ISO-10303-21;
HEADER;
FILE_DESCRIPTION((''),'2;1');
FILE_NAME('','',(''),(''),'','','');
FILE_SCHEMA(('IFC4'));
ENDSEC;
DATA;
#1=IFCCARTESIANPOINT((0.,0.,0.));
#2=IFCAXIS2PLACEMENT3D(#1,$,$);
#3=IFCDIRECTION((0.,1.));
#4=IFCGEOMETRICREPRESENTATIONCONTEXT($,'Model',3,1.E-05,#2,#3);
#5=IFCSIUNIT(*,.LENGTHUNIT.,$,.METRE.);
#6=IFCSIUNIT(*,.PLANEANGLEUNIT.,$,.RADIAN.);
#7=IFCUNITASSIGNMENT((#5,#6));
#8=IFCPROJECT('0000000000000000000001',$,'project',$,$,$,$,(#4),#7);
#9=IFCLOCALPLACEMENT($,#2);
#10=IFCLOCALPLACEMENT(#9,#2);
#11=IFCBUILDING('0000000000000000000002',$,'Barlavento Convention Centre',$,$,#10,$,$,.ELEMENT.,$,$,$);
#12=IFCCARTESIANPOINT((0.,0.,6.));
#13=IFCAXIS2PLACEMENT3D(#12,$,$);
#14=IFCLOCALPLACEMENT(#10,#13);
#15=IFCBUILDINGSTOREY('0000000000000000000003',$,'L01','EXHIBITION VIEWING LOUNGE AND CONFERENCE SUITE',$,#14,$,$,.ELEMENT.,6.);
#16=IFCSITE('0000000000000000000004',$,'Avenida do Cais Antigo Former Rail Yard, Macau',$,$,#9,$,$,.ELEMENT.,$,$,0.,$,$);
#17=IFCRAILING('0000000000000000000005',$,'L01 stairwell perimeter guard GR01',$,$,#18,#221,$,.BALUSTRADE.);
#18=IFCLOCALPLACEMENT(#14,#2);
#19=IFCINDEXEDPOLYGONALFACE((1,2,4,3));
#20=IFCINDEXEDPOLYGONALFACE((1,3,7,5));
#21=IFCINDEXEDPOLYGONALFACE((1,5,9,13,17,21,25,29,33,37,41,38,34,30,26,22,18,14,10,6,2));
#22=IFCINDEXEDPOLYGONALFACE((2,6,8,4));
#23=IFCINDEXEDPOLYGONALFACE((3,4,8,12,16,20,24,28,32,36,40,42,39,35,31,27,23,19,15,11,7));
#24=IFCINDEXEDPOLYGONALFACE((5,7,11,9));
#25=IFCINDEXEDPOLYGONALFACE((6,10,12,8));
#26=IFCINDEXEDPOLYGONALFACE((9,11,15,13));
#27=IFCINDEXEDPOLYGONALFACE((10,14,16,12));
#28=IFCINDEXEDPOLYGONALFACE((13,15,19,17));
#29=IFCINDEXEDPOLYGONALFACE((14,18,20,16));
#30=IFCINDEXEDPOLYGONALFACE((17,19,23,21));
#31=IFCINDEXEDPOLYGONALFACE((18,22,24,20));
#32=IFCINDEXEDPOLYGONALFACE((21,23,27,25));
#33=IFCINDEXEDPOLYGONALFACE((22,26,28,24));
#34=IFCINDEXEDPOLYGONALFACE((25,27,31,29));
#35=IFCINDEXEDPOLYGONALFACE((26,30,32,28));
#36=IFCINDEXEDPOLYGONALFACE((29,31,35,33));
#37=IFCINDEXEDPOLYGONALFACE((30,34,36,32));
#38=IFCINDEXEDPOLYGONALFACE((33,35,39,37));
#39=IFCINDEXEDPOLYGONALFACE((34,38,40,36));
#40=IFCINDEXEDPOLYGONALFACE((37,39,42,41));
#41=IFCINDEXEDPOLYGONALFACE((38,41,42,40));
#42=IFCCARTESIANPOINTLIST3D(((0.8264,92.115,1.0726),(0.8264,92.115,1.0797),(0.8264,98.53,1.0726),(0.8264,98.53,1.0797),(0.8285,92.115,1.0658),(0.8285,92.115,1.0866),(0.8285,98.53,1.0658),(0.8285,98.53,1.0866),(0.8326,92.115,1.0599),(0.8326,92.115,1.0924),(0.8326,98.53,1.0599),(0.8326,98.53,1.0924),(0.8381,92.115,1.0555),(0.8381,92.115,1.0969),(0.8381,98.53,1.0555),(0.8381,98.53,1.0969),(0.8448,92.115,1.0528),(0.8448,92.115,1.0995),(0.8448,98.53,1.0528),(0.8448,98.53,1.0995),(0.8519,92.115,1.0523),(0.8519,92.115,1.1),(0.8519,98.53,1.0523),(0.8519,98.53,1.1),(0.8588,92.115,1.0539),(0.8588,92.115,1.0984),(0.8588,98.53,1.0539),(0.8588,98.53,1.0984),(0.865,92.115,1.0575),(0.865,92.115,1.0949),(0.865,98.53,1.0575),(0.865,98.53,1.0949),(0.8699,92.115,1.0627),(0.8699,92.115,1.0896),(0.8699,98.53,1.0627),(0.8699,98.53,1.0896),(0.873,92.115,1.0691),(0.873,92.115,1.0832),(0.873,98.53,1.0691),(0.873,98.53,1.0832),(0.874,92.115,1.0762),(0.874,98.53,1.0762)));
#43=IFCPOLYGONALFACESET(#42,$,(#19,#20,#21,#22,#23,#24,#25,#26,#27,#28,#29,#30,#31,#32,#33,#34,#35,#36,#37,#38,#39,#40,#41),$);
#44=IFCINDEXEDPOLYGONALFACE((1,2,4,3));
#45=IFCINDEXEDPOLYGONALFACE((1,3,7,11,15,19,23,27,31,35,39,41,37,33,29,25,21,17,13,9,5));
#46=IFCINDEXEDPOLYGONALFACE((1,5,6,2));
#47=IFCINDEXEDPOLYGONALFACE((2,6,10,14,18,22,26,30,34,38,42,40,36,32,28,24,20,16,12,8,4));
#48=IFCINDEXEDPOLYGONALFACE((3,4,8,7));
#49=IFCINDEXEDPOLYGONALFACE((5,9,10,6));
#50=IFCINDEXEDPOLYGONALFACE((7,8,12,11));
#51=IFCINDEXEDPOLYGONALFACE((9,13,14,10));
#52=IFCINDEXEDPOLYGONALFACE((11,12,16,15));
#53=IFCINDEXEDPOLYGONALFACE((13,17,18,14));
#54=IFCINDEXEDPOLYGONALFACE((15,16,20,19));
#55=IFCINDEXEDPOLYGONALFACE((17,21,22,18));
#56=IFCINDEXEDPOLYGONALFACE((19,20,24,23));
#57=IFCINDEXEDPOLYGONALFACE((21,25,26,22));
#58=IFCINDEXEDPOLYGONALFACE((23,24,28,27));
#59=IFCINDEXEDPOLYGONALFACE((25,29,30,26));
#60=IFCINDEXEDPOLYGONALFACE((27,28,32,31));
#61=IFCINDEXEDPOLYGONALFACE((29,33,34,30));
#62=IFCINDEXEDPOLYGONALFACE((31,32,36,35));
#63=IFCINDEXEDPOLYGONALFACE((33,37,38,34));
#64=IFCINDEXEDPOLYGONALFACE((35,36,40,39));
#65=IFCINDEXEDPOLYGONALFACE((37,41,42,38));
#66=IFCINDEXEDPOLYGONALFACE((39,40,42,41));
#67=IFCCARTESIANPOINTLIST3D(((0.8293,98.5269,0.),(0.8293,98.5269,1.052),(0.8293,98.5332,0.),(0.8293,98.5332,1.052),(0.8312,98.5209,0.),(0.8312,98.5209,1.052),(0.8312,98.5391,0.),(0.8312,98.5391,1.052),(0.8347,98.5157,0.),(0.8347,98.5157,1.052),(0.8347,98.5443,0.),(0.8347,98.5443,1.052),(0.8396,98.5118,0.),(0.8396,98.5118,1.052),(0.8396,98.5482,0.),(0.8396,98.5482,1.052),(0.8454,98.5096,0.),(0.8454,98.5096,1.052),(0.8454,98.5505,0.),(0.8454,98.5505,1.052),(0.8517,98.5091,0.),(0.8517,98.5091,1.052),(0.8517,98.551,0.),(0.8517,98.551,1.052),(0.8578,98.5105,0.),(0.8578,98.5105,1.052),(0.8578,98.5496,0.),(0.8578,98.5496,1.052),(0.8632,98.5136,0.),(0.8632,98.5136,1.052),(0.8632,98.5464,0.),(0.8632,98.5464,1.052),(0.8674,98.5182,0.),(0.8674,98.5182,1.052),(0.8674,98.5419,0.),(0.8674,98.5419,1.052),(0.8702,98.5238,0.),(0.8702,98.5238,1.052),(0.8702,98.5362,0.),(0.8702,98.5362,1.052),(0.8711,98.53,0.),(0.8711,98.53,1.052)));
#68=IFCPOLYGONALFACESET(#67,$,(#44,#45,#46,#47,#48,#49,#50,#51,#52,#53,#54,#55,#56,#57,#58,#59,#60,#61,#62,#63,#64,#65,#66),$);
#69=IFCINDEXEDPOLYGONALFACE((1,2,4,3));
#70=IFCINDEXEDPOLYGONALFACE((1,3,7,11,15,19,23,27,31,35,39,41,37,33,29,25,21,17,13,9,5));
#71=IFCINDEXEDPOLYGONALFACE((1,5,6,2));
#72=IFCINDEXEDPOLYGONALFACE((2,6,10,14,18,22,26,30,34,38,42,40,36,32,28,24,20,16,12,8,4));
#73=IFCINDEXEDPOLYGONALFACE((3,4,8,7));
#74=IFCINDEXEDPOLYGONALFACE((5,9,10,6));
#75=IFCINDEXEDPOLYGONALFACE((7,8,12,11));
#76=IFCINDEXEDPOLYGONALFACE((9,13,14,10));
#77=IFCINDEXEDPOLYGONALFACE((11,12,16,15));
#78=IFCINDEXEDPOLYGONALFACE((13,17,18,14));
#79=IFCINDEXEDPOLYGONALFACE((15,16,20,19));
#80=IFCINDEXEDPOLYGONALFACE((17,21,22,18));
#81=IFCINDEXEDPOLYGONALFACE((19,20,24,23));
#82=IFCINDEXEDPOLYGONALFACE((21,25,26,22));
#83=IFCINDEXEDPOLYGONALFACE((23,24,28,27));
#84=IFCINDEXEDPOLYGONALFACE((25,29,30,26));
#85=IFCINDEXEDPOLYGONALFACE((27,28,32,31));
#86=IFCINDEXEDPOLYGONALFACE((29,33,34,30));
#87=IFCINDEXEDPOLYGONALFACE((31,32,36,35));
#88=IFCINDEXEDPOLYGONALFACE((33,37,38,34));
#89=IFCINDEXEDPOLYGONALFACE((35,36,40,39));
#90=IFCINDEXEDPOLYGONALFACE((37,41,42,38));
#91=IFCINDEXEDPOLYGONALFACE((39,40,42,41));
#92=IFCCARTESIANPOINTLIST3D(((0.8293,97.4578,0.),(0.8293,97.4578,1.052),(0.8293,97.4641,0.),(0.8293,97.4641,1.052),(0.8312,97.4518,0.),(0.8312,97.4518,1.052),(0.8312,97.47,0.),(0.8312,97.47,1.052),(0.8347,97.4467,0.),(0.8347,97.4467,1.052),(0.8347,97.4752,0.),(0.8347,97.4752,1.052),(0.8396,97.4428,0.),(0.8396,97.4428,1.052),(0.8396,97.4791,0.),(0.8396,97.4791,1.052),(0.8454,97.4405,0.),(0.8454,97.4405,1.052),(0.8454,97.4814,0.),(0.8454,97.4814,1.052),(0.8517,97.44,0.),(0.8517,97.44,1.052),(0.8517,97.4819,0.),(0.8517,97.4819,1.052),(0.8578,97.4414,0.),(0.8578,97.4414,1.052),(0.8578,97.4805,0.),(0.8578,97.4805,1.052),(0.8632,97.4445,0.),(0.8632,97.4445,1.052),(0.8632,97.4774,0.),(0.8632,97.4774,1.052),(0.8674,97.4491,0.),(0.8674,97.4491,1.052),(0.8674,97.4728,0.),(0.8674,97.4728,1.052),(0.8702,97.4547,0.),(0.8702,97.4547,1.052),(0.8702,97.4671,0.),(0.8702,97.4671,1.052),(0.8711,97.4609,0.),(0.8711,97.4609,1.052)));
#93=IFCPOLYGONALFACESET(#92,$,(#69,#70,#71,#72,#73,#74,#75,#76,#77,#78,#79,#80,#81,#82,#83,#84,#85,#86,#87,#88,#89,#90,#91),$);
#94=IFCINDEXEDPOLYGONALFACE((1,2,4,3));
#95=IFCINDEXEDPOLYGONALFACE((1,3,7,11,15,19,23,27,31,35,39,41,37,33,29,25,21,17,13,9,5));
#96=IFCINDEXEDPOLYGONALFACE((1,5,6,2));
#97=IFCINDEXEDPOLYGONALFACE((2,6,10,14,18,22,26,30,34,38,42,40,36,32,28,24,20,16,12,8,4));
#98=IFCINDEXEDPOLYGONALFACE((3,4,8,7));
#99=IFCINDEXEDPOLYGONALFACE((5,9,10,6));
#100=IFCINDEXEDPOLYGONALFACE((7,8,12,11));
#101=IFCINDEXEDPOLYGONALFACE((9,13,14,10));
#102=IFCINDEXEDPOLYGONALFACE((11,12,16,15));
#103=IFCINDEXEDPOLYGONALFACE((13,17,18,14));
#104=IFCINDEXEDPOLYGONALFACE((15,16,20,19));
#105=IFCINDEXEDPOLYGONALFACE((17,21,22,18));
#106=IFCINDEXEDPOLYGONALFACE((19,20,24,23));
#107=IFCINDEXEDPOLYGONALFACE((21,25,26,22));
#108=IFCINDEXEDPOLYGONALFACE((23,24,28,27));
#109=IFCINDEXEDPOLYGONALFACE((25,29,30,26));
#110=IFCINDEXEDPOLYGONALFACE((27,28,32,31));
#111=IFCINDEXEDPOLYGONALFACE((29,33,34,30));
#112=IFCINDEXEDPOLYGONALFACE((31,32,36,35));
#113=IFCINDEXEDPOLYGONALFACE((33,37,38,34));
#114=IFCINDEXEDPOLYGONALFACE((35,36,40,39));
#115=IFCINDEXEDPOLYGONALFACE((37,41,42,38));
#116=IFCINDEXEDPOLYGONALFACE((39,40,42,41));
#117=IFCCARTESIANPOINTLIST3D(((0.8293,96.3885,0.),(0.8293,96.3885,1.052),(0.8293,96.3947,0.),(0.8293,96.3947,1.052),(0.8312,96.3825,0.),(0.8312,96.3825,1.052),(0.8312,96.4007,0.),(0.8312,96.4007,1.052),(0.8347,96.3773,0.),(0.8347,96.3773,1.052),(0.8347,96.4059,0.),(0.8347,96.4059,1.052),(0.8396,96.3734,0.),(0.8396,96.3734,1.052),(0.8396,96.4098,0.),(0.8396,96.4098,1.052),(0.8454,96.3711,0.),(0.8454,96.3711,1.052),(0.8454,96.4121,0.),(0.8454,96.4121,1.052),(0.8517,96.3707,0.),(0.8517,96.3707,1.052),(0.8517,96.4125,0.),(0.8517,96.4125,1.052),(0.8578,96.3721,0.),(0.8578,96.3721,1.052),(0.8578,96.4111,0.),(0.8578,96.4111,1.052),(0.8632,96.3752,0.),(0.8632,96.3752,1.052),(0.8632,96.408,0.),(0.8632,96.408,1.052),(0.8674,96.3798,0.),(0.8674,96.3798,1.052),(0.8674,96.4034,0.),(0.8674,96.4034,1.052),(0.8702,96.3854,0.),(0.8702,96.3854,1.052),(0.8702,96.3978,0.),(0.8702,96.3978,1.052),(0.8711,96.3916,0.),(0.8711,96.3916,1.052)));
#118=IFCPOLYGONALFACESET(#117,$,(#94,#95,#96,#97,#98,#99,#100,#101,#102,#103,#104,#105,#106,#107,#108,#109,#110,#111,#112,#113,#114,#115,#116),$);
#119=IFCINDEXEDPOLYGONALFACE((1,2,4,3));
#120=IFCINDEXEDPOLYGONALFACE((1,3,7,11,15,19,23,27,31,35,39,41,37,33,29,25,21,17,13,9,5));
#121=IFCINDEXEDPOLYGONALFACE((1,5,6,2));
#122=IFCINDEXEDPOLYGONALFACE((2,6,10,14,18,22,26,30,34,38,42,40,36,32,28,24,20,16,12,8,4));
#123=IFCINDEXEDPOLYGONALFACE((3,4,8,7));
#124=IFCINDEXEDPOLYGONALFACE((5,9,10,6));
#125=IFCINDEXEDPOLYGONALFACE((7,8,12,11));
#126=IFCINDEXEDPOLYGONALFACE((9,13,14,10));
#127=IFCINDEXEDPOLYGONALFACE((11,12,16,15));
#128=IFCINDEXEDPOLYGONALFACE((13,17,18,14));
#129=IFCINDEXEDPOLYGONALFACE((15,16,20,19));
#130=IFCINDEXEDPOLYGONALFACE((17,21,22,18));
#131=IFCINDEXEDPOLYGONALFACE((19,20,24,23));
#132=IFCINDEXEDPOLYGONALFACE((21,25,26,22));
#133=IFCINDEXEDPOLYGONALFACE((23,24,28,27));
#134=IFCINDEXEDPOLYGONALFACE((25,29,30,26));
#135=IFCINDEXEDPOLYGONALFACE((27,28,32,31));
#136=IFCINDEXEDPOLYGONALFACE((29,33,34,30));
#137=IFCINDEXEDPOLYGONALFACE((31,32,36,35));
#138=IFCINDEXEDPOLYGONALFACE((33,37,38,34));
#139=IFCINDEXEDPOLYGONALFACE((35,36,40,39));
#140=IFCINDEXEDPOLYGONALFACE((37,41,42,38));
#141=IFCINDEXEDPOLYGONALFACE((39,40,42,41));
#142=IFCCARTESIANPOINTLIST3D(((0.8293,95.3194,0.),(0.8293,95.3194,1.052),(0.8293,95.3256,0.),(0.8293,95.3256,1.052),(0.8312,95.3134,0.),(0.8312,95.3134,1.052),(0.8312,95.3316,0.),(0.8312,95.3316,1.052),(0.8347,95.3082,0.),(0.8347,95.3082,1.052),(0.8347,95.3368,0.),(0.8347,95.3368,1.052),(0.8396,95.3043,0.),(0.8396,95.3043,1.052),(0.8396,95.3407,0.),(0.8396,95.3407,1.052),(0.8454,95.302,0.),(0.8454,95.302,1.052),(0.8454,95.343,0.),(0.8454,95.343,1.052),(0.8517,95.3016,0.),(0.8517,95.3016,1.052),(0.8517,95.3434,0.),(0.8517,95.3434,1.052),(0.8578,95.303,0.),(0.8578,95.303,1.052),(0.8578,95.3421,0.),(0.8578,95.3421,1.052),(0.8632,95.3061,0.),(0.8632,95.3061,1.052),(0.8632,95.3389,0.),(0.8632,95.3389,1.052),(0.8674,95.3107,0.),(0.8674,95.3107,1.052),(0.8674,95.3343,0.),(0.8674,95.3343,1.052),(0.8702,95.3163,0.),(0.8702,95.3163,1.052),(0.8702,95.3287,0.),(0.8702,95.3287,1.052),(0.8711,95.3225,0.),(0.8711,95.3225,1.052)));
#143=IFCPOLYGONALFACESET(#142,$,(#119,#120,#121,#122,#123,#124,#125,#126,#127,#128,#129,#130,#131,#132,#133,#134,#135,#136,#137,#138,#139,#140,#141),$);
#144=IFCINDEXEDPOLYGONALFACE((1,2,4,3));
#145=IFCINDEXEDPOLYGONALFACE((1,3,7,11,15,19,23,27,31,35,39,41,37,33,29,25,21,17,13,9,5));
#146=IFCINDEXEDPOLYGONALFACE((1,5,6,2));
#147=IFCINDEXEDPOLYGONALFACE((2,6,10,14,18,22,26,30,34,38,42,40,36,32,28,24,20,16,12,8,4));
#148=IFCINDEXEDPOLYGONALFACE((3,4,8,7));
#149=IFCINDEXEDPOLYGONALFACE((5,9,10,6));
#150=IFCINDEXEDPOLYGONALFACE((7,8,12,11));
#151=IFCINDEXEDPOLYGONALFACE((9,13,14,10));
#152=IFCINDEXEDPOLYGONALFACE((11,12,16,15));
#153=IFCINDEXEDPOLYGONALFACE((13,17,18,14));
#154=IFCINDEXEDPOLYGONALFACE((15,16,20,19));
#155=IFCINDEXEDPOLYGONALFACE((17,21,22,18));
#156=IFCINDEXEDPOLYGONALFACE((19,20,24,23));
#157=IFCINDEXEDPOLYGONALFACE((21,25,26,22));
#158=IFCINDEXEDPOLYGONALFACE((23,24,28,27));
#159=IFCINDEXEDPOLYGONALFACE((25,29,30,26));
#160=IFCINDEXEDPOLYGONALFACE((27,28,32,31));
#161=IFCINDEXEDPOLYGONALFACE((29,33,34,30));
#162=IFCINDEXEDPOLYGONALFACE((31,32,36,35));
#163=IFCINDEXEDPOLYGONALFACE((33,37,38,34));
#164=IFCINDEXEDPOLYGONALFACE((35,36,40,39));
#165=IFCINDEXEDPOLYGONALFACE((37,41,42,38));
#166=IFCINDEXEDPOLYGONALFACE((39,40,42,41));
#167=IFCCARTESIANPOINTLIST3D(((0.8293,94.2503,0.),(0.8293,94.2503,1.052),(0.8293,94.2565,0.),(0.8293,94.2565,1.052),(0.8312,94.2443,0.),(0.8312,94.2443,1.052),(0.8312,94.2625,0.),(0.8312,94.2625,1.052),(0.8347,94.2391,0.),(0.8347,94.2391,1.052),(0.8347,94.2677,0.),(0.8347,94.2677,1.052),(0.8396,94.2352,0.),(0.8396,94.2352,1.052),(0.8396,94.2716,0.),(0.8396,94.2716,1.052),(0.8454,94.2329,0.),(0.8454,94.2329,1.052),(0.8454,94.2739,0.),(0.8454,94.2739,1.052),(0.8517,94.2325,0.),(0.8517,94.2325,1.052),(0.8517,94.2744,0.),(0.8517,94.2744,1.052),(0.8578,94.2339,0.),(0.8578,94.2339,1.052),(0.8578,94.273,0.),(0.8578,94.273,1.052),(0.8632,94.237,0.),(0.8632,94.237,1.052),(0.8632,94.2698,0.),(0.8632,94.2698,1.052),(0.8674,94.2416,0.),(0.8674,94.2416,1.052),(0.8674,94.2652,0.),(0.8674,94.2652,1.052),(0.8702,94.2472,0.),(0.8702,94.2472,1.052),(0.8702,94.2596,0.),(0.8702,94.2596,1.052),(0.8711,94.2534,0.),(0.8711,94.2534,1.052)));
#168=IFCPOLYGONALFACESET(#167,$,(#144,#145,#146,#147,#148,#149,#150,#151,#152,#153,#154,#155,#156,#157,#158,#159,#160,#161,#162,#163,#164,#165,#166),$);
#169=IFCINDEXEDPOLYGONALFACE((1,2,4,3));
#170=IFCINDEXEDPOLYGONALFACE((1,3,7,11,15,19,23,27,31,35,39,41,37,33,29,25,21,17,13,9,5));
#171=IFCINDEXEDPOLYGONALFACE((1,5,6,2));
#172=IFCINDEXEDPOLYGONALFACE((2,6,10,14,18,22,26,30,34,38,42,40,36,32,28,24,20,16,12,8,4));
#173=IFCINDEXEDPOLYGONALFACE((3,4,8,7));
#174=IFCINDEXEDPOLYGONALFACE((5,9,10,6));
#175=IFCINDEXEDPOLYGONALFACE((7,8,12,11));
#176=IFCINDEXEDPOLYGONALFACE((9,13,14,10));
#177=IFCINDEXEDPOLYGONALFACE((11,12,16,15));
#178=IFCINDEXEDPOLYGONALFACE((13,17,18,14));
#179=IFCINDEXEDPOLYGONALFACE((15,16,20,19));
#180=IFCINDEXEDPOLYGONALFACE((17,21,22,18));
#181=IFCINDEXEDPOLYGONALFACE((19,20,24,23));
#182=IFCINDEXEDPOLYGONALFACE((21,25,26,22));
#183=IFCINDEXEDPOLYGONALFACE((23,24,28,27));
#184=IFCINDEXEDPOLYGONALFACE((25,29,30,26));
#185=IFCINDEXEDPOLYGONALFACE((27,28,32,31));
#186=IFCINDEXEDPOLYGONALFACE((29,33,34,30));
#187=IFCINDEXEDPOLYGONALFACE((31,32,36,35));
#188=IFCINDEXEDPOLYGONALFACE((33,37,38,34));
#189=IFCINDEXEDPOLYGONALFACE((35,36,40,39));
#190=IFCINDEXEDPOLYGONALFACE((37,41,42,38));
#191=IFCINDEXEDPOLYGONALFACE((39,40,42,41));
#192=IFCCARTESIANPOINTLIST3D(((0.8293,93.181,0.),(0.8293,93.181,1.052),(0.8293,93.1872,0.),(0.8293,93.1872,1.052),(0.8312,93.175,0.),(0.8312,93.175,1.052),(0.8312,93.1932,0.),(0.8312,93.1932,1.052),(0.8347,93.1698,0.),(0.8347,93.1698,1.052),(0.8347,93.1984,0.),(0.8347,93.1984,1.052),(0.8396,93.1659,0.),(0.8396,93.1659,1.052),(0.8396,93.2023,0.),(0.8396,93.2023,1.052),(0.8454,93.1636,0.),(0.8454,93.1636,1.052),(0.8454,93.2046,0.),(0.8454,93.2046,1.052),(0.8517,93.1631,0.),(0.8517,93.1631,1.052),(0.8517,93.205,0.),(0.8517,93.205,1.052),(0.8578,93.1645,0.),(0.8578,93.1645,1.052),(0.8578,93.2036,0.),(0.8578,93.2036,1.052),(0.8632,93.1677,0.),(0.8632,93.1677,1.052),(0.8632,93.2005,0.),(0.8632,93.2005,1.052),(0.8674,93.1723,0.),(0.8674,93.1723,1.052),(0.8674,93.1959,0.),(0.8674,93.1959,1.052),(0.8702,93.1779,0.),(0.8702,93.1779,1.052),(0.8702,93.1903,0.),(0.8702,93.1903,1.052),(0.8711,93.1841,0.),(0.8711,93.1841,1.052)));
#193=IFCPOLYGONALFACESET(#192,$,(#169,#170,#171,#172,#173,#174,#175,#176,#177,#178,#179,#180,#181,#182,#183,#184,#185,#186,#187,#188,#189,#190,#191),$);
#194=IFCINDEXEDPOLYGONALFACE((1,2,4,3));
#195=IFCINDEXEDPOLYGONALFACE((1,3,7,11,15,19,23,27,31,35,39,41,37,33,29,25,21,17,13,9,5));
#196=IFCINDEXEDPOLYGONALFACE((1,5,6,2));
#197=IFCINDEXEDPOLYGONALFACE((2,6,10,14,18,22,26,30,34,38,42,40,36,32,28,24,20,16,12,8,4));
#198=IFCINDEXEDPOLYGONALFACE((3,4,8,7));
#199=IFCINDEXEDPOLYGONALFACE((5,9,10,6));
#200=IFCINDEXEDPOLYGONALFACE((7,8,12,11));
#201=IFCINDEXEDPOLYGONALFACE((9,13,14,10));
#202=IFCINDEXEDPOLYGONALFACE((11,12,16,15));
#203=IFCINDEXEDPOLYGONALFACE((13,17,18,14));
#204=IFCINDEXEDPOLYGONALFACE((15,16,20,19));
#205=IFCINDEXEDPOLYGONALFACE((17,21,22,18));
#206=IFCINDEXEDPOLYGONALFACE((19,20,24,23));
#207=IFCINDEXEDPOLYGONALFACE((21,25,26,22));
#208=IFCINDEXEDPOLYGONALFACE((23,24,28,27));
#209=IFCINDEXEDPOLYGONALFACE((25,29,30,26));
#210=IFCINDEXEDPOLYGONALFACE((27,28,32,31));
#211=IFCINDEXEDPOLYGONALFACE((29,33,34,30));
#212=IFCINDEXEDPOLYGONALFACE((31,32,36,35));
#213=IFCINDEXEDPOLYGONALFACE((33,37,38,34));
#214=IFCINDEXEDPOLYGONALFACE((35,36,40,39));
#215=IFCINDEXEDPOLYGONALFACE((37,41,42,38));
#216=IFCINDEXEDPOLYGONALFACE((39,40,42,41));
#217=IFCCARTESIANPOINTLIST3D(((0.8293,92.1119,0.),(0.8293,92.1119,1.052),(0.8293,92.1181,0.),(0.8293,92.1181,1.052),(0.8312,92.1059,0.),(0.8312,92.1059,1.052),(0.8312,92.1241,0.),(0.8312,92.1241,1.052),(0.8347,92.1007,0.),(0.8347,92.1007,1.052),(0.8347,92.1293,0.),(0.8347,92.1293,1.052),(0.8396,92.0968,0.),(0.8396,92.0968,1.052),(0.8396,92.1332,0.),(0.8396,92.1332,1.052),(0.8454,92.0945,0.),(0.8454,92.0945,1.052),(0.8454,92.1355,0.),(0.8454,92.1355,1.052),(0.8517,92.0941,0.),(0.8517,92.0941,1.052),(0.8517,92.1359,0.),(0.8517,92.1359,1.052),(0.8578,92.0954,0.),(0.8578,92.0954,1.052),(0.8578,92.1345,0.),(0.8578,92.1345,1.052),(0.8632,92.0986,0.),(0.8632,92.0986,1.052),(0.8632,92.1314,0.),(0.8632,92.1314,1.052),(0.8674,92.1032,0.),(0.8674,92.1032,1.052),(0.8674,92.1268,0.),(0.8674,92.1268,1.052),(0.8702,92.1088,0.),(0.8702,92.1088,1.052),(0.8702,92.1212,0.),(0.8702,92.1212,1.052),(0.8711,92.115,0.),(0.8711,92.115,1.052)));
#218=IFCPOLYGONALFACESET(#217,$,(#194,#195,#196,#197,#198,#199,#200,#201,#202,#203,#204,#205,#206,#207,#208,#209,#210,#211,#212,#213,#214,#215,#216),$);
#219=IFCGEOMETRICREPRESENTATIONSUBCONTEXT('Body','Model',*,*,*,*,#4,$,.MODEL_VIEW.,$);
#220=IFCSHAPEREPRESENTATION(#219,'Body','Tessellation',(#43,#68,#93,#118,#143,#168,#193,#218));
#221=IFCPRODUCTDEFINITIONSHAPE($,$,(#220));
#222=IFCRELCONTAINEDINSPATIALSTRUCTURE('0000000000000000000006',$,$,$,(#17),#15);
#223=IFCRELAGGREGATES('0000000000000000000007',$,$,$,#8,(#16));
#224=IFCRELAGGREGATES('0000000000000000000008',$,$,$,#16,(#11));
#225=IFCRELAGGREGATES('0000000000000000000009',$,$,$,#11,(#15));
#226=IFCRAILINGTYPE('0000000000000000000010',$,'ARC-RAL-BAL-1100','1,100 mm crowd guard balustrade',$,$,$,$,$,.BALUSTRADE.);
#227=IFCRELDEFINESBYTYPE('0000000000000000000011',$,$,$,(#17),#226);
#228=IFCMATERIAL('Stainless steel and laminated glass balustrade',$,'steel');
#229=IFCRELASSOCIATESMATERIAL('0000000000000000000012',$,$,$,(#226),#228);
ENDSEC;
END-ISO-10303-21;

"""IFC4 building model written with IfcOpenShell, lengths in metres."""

from ifc_helpers import new_model, si_unit, direction, frame, origin, origin_2d, place, context, subcontext, project, spatial, circle, extrude, material, type_object, element, save


model = new_model("IFC4")

# Units and contexts
model_context = context("Model", 3, precision=1e-05, world=origin(), true_north=direction((0.0, 1.0)))
body_context = subcontext(model_context, "Body", "Model", "MODEL_VIEW")
ifc_project = project(units=[si_unit("LENGTHUNIT", "METRE"), si_unit("PLANEANGLEUNIT", "RADIAN")], contexts=[model_context])

# Site, building, storey
site_placement = place(None, origin())
site = spatial("IfcSite", under=ifc_project, at=site_placement, Name="Avenida do Cais Antigo Former Rail Yard, Macau", CompositionType="ELEMENT", RefElevation=0.0)
building_placement = place(site_placement, origin())
building = spatial("IfcBuilding", under=site, at=building_placement, Name="Barlavento Convention Centre", CompositionType="ELEMENT")
storey_placement = place(building_placement, frame((0.0, 0.0, 6.0)))
storey = spatial("IfcBuildingStorey", under=building, at=storey_placement, Name="L01", Description="EXHIBITION VIEWING LOUNGE AND CONFERENCE SUITE", CompositionType="ELEMENT", Elevation=6.0)

# Railing
ifc_material_1 = material(Name="Stainless steel and laminated glass balustrade", Category="steel")
railing_type = type_object("IfcRailingType", Name="ARC-RAL-BAL-1100", Description="1,100 mm crowd guard balustrade", PredefinedType="BALUSTRADE", material=ifc_material_1)
railing_1_placement = place(storey_placement, frame((0.8501, 98.53, 0.0)))
element("IfcRailing", 1, at=railing_1_placement, inside=storey, type_object=railing_type, Name="L01 stairwell perimeter guard GR01", PredefinedType="BALUSTRADE", context=body_context, shape_type="SweptSolid", body=[
    extrude(circle(Radius=0.0239, at=origin_2d()), frame((0.0, 0.0, 1.0762), z_axis=(0.0, -1.0, 0.0), x_axis=(1.0, 0.0, 0.0)), (0.0, 0.0, 1.0), 6.415),
    extrude(circle(Radius=0.021, at=origin_2d()), origin(), (0.0, 0.0, 1.0), 1.052),
    extrude(circle(Radius=0.021, at=origin_2d()), frame((0.0, -1.0691, 0.0)), (0.0, 0.0, 1.0), 1.052),
    extrude(circle(Radius=0.021, at=origin_2d()), frame((0.0, -2.1384, 0.0)), (0.0, 0.0, 1.0), 1.052),
    extrude(circle(Radius=0.021, at=origin_2d()), frame((0.0, -3.2075, 0.0)), (0.0, 0.0, 1.0), 1.052),
    extrude(circle(Radius=0.021, at=origin_2d()), frame((0.0, -4.2766, 0.0)), (0.0, 0.0, 1.0), 1.052),
    extrude(circle(Radius=0.021, at=origin_2d()), frame((0.0, -5.3459, 0.0)), (0.0, 0.0, 1.0), 1.052),
    extrude(circle(Radius=0.021, at=origin_2d()), frame((0.0, -6.415, 0.0)), (0.0, 0.0, 1.0), 1.052),
])

save(model, "model.ifc")
